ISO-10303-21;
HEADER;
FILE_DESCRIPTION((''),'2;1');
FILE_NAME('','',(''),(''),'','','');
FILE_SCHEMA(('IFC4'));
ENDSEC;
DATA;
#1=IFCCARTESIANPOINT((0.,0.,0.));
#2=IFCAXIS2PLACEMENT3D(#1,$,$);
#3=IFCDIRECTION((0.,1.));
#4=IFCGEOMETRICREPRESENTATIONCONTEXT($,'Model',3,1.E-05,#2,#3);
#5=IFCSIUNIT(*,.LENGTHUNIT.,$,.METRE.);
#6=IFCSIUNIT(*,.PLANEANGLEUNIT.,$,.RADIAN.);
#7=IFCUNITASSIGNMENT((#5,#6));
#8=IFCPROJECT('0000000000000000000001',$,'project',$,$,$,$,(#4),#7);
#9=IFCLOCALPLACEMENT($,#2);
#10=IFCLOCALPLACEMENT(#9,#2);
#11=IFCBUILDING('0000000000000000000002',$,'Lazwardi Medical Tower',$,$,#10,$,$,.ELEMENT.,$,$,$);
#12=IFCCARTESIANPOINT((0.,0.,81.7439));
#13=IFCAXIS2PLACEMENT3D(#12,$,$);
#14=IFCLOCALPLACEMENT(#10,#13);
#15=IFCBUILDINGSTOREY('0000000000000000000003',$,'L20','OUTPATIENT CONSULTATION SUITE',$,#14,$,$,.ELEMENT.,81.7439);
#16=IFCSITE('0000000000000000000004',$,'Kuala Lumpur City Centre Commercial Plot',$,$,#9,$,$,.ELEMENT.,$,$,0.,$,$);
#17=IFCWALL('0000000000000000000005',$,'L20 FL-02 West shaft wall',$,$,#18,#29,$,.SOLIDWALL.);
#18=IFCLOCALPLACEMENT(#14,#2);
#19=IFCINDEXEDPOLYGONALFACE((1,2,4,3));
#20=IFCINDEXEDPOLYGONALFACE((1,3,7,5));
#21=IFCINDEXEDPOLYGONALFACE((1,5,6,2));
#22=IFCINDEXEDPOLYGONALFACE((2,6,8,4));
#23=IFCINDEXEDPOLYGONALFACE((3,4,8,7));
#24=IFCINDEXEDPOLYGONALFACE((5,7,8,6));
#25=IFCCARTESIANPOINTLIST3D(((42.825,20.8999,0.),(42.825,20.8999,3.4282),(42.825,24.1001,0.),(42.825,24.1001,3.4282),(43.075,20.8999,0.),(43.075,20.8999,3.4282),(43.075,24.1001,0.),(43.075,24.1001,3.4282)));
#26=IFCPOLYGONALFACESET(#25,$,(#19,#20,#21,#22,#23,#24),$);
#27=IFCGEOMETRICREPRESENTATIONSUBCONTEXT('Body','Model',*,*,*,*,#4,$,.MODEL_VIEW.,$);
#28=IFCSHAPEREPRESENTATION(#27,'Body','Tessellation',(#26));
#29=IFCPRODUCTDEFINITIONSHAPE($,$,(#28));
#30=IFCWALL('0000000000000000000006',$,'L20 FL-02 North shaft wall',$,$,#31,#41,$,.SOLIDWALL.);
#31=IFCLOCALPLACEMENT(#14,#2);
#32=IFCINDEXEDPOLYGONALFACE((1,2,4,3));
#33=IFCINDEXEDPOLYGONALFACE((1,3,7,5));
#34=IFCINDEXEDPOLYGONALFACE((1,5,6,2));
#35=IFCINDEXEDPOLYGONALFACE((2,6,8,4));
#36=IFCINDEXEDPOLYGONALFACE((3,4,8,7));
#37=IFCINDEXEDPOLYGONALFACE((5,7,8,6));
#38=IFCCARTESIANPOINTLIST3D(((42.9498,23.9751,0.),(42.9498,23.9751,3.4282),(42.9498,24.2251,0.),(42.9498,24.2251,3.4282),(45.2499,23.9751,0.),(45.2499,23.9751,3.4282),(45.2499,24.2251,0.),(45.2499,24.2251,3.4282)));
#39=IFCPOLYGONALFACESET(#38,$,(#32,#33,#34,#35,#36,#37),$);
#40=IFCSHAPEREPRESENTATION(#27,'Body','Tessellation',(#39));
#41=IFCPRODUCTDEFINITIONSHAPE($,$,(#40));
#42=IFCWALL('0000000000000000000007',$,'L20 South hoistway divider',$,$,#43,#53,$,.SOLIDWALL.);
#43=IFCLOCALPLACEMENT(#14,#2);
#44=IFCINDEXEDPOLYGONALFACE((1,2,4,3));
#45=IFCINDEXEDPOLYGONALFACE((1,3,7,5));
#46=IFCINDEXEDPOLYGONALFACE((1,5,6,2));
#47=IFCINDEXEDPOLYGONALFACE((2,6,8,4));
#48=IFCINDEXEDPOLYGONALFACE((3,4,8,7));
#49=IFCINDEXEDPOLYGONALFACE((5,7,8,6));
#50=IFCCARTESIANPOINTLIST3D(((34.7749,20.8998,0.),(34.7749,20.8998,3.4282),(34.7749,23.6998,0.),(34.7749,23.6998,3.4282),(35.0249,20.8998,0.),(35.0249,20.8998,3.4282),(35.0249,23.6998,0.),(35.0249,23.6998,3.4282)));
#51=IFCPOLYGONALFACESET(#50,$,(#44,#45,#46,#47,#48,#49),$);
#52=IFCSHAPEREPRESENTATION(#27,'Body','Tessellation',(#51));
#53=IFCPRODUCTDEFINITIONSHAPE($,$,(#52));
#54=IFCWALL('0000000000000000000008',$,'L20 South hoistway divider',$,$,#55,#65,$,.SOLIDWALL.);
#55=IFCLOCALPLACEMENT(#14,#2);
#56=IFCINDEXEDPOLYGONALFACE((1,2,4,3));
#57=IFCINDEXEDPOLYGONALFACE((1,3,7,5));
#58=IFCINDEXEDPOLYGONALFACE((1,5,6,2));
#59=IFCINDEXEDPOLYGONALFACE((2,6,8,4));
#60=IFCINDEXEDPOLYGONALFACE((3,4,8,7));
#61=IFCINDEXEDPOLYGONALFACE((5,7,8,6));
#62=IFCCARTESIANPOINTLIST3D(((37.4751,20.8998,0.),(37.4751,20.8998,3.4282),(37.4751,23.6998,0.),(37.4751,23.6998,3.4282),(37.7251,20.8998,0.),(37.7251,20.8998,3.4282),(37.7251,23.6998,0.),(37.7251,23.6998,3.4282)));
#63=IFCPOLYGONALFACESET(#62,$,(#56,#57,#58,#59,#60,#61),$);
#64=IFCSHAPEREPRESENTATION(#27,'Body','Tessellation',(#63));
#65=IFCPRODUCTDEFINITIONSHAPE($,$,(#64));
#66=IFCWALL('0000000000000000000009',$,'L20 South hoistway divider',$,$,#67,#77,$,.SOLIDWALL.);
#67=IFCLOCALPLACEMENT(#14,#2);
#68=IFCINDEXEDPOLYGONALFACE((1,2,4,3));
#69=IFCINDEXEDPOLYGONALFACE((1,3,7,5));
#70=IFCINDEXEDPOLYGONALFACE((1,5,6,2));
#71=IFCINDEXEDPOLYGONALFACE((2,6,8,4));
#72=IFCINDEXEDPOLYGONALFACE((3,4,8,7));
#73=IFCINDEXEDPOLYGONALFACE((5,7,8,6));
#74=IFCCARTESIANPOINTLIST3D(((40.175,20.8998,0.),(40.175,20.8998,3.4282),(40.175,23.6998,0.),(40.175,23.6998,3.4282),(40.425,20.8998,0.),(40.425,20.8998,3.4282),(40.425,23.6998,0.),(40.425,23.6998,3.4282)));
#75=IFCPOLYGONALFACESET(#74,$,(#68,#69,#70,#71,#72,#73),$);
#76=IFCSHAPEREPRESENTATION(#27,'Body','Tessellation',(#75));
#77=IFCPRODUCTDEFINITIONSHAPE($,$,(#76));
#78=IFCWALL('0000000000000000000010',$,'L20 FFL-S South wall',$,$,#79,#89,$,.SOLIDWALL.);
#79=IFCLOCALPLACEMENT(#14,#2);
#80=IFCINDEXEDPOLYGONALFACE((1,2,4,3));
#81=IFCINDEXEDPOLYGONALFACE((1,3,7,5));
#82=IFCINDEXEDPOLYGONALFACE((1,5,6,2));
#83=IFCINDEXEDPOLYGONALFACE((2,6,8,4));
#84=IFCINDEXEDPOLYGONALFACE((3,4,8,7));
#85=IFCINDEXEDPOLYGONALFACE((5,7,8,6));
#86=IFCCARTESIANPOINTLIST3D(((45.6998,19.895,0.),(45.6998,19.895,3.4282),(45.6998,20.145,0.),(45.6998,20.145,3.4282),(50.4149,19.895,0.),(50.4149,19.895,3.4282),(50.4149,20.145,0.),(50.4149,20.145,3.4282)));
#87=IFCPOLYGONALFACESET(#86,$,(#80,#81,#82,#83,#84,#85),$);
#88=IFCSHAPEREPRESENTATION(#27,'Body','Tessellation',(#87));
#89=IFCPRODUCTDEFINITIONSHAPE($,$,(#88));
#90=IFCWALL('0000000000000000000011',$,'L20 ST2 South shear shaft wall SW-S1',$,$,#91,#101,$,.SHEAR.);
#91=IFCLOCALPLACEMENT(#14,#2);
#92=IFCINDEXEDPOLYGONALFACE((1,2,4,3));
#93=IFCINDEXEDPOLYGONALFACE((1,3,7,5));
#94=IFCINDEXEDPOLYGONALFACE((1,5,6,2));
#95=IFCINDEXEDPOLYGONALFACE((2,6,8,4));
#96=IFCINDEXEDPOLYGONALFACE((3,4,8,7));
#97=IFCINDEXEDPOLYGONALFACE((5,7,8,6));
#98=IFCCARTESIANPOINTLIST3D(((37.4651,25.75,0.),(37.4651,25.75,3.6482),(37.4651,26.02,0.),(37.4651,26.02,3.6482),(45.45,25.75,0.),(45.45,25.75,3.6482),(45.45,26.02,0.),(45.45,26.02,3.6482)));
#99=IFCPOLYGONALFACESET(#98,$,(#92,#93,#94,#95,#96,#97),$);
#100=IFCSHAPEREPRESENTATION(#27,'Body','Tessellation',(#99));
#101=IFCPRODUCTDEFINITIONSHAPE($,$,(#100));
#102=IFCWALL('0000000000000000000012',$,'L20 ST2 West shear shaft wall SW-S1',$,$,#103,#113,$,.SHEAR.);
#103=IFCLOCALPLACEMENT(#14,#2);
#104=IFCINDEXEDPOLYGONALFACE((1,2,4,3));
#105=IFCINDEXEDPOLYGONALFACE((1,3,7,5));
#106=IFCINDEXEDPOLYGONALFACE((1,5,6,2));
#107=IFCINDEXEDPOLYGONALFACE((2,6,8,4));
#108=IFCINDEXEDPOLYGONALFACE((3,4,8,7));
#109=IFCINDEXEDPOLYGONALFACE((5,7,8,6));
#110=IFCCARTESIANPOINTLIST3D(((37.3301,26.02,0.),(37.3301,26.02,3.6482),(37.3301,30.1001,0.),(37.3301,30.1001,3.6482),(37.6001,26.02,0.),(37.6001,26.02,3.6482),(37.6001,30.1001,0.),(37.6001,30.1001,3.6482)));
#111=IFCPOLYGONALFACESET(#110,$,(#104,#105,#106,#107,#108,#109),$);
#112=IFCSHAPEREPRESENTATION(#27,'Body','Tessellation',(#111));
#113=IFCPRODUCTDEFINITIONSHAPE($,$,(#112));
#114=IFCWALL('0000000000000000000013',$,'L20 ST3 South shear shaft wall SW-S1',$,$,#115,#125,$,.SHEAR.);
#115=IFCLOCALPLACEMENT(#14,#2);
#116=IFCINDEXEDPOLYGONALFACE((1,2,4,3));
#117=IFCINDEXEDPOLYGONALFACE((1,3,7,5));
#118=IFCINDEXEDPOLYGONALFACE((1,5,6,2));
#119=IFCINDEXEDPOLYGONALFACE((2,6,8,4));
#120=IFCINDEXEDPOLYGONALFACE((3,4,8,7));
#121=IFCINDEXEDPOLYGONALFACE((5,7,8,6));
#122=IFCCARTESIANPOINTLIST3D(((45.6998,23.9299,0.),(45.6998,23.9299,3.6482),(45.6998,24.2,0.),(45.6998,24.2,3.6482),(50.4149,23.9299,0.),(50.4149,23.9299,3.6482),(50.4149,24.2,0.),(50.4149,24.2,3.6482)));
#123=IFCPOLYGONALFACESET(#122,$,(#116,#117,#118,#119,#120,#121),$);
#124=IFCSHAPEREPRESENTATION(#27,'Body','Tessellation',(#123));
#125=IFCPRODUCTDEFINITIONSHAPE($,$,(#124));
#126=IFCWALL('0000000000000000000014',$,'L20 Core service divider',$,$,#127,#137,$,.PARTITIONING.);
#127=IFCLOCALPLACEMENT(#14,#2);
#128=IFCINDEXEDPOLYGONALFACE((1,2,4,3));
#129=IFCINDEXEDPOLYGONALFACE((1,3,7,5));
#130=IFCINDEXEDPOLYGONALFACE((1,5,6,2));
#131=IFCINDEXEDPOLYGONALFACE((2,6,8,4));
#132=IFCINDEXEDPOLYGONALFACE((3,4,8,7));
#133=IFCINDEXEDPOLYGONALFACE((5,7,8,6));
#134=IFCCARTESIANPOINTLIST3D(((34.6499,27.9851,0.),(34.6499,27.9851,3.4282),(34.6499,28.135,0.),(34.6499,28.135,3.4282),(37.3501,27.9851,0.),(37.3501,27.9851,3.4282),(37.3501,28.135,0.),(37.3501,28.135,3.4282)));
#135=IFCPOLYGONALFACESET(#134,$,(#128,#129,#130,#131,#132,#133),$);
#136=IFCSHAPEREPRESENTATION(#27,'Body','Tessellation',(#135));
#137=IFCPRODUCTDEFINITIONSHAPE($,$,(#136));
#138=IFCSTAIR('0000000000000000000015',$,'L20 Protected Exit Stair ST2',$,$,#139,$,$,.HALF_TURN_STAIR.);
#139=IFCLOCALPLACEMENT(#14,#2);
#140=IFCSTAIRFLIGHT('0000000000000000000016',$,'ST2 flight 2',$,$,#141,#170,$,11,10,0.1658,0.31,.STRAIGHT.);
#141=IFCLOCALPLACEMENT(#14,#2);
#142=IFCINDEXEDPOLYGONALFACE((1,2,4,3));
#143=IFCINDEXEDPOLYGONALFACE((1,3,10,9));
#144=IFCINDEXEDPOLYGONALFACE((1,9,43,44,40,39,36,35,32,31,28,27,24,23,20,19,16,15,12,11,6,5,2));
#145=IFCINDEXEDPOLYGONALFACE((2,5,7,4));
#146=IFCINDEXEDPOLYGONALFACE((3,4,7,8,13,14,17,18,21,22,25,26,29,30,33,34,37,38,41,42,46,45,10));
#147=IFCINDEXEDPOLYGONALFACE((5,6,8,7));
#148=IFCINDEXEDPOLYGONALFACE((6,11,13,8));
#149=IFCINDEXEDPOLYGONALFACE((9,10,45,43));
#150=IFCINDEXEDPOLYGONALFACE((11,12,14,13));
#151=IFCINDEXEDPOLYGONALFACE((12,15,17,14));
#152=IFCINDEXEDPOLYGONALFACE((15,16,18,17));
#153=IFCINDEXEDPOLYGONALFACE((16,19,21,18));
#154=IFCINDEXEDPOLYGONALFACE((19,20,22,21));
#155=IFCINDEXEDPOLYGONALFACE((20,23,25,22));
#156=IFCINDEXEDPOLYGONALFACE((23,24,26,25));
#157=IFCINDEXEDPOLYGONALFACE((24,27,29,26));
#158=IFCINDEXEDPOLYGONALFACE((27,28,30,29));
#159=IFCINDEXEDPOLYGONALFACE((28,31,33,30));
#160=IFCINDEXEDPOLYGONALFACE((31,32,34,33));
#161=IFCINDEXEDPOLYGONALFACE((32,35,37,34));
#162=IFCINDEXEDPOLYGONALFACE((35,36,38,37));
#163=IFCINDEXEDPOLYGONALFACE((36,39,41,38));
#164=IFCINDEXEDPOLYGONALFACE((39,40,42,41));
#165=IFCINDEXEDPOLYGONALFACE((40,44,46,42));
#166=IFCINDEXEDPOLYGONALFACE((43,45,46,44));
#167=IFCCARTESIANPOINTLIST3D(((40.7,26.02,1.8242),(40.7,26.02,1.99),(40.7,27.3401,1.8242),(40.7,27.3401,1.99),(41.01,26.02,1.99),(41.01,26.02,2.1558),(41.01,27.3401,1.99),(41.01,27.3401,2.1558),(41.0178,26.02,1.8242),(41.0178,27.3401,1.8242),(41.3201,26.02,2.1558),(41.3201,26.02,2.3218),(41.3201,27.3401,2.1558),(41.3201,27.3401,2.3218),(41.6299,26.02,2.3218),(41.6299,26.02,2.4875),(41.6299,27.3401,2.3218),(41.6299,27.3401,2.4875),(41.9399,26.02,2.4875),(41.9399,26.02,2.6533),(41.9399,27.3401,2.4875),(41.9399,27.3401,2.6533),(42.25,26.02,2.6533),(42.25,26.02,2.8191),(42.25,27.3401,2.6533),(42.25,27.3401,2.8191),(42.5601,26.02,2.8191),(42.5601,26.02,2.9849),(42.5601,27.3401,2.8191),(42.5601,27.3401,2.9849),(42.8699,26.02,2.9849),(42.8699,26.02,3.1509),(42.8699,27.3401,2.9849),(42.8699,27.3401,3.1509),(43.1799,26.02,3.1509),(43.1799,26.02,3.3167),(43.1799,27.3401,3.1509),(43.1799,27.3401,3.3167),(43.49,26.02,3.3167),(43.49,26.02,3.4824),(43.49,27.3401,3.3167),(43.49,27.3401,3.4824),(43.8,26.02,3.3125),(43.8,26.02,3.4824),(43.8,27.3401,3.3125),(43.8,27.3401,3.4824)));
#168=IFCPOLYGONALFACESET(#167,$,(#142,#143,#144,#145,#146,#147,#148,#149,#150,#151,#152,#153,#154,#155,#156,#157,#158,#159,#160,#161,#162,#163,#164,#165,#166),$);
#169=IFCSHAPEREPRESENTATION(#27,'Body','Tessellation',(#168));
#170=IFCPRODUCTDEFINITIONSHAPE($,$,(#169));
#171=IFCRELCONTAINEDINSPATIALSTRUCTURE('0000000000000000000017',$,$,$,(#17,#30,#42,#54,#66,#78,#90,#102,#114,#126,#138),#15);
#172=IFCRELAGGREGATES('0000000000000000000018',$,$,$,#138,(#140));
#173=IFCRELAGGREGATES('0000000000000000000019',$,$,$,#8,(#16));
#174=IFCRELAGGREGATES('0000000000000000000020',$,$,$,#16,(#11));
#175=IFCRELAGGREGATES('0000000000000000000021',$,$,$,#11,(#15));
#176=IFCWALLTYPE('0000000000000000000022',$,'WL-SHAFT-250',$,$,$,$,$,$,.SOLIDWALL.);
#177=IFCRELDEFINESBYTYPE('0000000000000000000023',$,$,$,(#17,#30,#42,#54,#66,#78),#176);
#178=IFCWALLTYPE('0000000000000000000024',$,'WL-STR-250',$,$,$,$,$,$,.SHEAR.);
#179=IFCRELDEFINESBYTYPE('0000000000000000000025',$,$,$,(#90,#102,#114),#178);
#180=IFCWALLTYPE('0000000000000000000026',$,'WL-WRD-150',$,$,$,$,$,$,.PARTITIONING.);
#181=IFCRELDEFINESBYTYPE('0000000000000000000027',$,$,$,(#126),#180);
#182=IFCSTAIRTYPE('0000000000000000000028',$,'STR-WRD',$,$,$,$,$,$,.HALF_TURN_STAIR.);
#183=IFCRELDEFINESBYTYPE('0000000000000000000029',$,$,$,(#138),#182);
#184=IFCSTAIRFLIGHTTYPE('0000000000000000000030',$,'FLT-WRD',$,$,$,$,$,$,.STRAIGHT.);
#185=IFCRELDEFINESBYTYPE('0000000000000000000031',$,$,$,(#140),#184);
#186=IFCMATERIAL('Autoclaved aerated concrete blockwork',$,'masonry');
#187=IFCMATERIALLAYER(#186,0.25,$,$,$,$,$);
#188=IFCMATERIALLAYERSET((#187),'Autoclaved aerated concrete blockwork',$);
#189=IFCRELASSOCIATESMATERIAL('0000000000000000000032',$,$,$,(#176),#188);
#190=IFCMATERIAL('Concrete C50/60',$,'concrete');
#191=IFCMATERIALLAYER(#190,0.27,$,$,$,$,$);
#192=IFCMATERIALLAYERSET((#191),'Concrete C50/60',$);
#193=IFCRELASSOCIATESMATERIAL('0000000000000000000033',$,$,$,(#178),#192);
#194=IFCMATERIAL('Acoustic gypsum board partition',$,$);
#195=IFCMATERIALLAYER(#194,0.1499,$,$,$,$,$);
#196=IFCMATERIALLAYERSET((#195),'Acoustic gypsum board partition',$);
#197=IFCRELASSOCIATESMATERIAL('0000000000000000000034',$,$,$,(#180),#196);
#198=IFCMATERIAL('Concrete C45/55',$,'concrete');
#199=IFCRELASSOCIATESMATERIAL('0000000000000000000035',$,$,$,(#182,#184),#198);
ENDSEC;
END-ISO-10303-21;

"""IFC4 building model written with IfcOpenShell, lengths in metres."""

from ifc_helpers import new_model, si_unit, direction, frame, frame_2d, origin, place, context, subcontext, project, spatial, polyline, rectangle, outline, extrude, material, layer, layer_set, type_object, element, aggregate, save


model = new_model("IFC4")

# Units and contexts
model_context = context("Model", 3, precision=1e-05, world=origin(), true_north=direction((0.0, 1.0)))
body_context = subcontext(model_context, "Body", "Model", "MODEL_VIEW")
ifc_project = project(units=[si_unit("LENGTHUNIT", "METRE"), si_unit("PLANEANGLEUNIT", "RADIAN")], contexts=[model_context])

# Site, building, storey
site_placement = place(None, origin())
site = spatial("IfcSite", under=ifc_project, at=site_placement, Name="Kuala Lumpur City Centre Commercial Plot", CompositionType="ELEMENT", RefElevation=0.0)
building_placement = place(site_placement, origin())
building = spatial("IfcBuilding", under=site, at=building_placement, Name="Lazwardi Medical Tower", CompositionType="ELEMENT")
storey_placement = place(building_placement, frame((0.0, 0.0, 81.7439)))
storey = spatial("IfcBuildingStorey", under=building, at=storey_placement, Name="L20", Description="OUTPATIENT CONSULTATION SUITE", CompositionType="ELEMENT", Elevation=81.7439)

# Walls
ifc_material_1 = material(Name="Autoclaved aerated concrete blockwork", Category="masonry")
ifc_layer_1 = layer(ifc_material_1, 0.25)
ifc_layer_set_1 = layer_set([ifc_layer_1], Name="Autoclaved aerated concrete blockwork")
wall_type_1 = type_object("IfcWallType", Name="WL-SHAFT-250", PredefinedType="SOLIDWALL", material=ifc_layer_set_1)
wall_1_placement = place(storey_placement, frame((42.95, 20.8999, 0.0), z_axis=(0.0, 0.0, 1.0), x_axis=(0.0, 1.0, 0.0)))
element("IfcWall", 1, at=wall_1_placement, inside=storey, type_object=wall_type_1, Name="L20 FL-02 West shaft wall", PredefinedType="SOLIDWALL", context=body_context, shape_type="SweptSolid", body=[
    extrude(rectangle(XDim=3.2002, YDim=0.25, at=frame_2d((1.6001, 0.0))), origin(), (0.0, 0.0, 1.0), 3.4282),
])
wall_2_placement = place(storey_placement, frame((42.95, 24.1001, 0.0), z_axis=(0.0, 0.0, 1.0), x_axis=(1.0, 0.0, 0.0)))
element("IfcWall", 2, at=wall_2_placement, inside=storey, type_object=wall_type_1, Name="L20 FL-02 North shaft wall", PredefinedType="SOLIDWALL", context=body_context, shape_type="SweptSolid", body=[
    extrude(rectangle(XDim=2.3, YDim=0.25, at=frame_2d((1.1499, 0.0))), origin(), (0.0, 0.0, 1.0), 3.4282),
])
for number, where, z_axis, x_axis, name in (
    (3, (34.8999, 20.8999, 0.0), (0.0, 0.0, 1.0), (0.0, 1.0, 0.0), "L20 South hoistway divider"),
    (4, (37.6001, 20.8999, 0.0), (0.0, 0.0, 1.0), (0.0, 1.0, 0.0), "L20 South hoistway divider"),
    (5, (40.3, 20.8999, 0.0), (0.0, 0.0, 1.0), (0.0, 1.0, 0.0), "L20 South hoistway divider"),
):
    element("IfcWall", number, at=place(storey_placement, frame(where, z_axis=z_axis, x_axis=x_axis)), inside=storey, type_object=wall_type_1, Name=name, PredefinedType="SOLIDWALL", context=body_context, shape_type="SweptSolid", body=[
        extrude(rectangle(XDim=2.8, YDim=0.25, at=frame_2d((1.3999, 0.0))), origin(), (0.0, 0.0, 1.0), 3.4282),
    ])
wall_3_placement = place(storey_placement, frame((45.7, 20.02, 0.0), z_axis=(0.0, 0.0, 1.0), x_axis=(1.0, 0.0, 0.0)))
element("IfcWall", 6, at=wall_3_placement, inside=storey, type_object=wall_type_1, Name="L20 FFL-S South wall", PredefinedType="SOLIDWALL", context=body_context, shape_type="SweptSolid", body=[
    extrude(rectangle(XDim=4.7151, YDim=0.25, at=frame_2d((2.3574, 0.0))), origin(), (0.0, 0.0, 1.0), 3.4282),
])
ifc_material_2 = material(Name="Concrete C50/60", Category="concrete")
ifc_layer_2 = layer(ifc_material_2, 0.27)
ifc_layer_set_2 = layer_set([ifc_layer_2], Name="Concrete C50/60")
wall_type_2 = type_object("IfcWallType", Name="WL-STR-250", PredefinedType="SHEAR", material=ifc_layer_set_2)
wall_4_placement = place(storey_placement, frame((37.4651, 25.885, 0.0), z_axis=(0.0, 0.0, 1.0), x_axis=(1.0, 0.0, 0.0)))
element("IfcWall", 7, at=wall_4_placement, inside=storey, type_object=wall_type_2, Name="L20 ST2 South shear shaft wall SW-S1", PredefinedType="SHEAR", context=body_context, shape_type="SweptSolid", body=[
    extrude(rectangle(XDim=7.9849, YDim=0.27, at=frame_2d((3.9924, 0.0))), origin(), (0.0, 0.0, 1.0), 3.6482),
])
wall_5_placement = place(storey_placement, frame((37.4651, 26.02, 0.0), z_axis=(0.0, 0.0, 1.0), x_axis=(0.0, 1.0, 0.0)))
element("IfcWall", 8, at=wall_5_placement, inside=storey, type_object=wall_type_2, Name="L20 ST2 West shear shaft wall SW-S1", PredefinedType="SHEAR", context=body_context, shape_type="SweptSolid", body=[
    extrude(rectangle(XDim=4.0801, YDim=0.27, at=frame_2d((2.04, 0.0))), origin(), (0.0, 0.0, 1.0), 3.6482),
])
wall_6_placement = place(storey_placement, frame((45.7, 24.0649, 0.0), z_axis=(0.0, 0.0, 1.0), x_axis=(1.0, 0.0, 0.0)))
element("IfcWall", 9, at=wall_6_placement, inside=storey, type_object=wall_type_2, Name="L20 ST3 South shear shaft wall SW-S1", PredefinedType="SHEAR", context=body_context, shape_type="SweptSolid", body=[
    extrude(rectangle(XDim=4.7151, YDim=0.27, at=frame_2d((2.3574, 0.0))), origin(), (0.0, 0.0, 1.0), 3.6482),
])
ifc_material_3 = material(Name="Acoustic gypsum board partition")
ifc_layer_3 = layer(ifc_material_3, 0.1499)
ifc_layer_set_3 = layer_set([ifc_layer_3], Name="Acoustic gypsum board partition")
wall_type_3 = type_object("IfcWallType", Name="WL-WRD-150", PredefinedType="PARTITIONING", material=ifc_layer_set_3)
wall_7_placement = place(storey_placement, frame((34.6499, 28.0601, 0.0), z_axis=(0.0, 0.0, 1.0), x_axis=(1.0, 0.0, 0.0)))
element("IfcWall", 10, at=wall_7_placement, inside=storey, type_object=wall_type_3, Name="L20 Core service divider", PredefinedType="PARTITIONING", context=body_context, shape_type="SweptSolid", body=[
    extrude(rectangle(XDim=2.7002, YDim=0.1499, at=frame_2d((1.3501, 0.0))), origin(), (0.0, 0.0, 1.0), 3.4282),
])

# Stair, stair flight
ifc_material_4 = material(Name="Concrete C45/55", Category="concrete")
stair_type = type_object("IfcStairType", Name="STR-WRD", PredefinedType="HALF_TURN_STAIR", material=ifc_material_4)
stair_placement = place(storey_placement, origin())
stair = element("IfcStair", 11, at=stair_placement, inside=storey, type_object=stair_type, Name="L20 Protected Exit Stair ST2", PredefinedType="HALF_TURN_STAIR")
stair_flight_type = type_object("IfcStairFlightType", Name="FLT-WRD", PredefinedType="STRAIGHT", material=ifc_material_4)
stair_flight_placement = place(storey_placement, frame((40.7, 26.6799, 1.8242), z_axis=(0.0, 0.0, 1.0), x_axis=(1.0, 0.0, 0.0)))
stair_flight = element("IfcStairFlight", 12, at=stair_flight_placement, type_object=stair_flight_type, Name="ST2 flight 2", NumberOfRisers=11, NumberOfTreads=10, PredefinedType="STRAIGHT", RiserHeight=0.1658, TreadLength=0.31, context=body_context, shape_type="SweptSolid", body=[
    extrude(outline(polyline([(0.0, 0.0), (0.0, 0.1658), (0.3101, 0.1658), (0.3101, 0.3315), (0.6201, 0.3315), (0.6201, 0.4976), (0.9299, 0.4976), (0.9299, 0.6633), (1.24, 0.6633), (1.24, 0.8291), (1.55, 0.8291), (1.55, 0.9949), (1.8601, 0.9949), (1.8601, 1.1606), (2.1699, 1.1606), (2.1699, 1.3267), (2.48, 1.3267), (2.48, 1.4924), (2.79, 1.4924), (2.79, 1.6582), (3.1001, 1.6582), (3.1001, 1.824), (3.1001, 1.4883), (0.3179, 0.0), (0.0, 0.0)])), frame((0.0, 0.6602, 0.0), z_axis=(0.0, -1.0, 0.0), x_axis=(1.0, 0.0, 0.0)), (0.0, 0.0, 1.0), 1.3201),
])
aggregate(stair, [stair_flight])

save(model, "model.ifc")
